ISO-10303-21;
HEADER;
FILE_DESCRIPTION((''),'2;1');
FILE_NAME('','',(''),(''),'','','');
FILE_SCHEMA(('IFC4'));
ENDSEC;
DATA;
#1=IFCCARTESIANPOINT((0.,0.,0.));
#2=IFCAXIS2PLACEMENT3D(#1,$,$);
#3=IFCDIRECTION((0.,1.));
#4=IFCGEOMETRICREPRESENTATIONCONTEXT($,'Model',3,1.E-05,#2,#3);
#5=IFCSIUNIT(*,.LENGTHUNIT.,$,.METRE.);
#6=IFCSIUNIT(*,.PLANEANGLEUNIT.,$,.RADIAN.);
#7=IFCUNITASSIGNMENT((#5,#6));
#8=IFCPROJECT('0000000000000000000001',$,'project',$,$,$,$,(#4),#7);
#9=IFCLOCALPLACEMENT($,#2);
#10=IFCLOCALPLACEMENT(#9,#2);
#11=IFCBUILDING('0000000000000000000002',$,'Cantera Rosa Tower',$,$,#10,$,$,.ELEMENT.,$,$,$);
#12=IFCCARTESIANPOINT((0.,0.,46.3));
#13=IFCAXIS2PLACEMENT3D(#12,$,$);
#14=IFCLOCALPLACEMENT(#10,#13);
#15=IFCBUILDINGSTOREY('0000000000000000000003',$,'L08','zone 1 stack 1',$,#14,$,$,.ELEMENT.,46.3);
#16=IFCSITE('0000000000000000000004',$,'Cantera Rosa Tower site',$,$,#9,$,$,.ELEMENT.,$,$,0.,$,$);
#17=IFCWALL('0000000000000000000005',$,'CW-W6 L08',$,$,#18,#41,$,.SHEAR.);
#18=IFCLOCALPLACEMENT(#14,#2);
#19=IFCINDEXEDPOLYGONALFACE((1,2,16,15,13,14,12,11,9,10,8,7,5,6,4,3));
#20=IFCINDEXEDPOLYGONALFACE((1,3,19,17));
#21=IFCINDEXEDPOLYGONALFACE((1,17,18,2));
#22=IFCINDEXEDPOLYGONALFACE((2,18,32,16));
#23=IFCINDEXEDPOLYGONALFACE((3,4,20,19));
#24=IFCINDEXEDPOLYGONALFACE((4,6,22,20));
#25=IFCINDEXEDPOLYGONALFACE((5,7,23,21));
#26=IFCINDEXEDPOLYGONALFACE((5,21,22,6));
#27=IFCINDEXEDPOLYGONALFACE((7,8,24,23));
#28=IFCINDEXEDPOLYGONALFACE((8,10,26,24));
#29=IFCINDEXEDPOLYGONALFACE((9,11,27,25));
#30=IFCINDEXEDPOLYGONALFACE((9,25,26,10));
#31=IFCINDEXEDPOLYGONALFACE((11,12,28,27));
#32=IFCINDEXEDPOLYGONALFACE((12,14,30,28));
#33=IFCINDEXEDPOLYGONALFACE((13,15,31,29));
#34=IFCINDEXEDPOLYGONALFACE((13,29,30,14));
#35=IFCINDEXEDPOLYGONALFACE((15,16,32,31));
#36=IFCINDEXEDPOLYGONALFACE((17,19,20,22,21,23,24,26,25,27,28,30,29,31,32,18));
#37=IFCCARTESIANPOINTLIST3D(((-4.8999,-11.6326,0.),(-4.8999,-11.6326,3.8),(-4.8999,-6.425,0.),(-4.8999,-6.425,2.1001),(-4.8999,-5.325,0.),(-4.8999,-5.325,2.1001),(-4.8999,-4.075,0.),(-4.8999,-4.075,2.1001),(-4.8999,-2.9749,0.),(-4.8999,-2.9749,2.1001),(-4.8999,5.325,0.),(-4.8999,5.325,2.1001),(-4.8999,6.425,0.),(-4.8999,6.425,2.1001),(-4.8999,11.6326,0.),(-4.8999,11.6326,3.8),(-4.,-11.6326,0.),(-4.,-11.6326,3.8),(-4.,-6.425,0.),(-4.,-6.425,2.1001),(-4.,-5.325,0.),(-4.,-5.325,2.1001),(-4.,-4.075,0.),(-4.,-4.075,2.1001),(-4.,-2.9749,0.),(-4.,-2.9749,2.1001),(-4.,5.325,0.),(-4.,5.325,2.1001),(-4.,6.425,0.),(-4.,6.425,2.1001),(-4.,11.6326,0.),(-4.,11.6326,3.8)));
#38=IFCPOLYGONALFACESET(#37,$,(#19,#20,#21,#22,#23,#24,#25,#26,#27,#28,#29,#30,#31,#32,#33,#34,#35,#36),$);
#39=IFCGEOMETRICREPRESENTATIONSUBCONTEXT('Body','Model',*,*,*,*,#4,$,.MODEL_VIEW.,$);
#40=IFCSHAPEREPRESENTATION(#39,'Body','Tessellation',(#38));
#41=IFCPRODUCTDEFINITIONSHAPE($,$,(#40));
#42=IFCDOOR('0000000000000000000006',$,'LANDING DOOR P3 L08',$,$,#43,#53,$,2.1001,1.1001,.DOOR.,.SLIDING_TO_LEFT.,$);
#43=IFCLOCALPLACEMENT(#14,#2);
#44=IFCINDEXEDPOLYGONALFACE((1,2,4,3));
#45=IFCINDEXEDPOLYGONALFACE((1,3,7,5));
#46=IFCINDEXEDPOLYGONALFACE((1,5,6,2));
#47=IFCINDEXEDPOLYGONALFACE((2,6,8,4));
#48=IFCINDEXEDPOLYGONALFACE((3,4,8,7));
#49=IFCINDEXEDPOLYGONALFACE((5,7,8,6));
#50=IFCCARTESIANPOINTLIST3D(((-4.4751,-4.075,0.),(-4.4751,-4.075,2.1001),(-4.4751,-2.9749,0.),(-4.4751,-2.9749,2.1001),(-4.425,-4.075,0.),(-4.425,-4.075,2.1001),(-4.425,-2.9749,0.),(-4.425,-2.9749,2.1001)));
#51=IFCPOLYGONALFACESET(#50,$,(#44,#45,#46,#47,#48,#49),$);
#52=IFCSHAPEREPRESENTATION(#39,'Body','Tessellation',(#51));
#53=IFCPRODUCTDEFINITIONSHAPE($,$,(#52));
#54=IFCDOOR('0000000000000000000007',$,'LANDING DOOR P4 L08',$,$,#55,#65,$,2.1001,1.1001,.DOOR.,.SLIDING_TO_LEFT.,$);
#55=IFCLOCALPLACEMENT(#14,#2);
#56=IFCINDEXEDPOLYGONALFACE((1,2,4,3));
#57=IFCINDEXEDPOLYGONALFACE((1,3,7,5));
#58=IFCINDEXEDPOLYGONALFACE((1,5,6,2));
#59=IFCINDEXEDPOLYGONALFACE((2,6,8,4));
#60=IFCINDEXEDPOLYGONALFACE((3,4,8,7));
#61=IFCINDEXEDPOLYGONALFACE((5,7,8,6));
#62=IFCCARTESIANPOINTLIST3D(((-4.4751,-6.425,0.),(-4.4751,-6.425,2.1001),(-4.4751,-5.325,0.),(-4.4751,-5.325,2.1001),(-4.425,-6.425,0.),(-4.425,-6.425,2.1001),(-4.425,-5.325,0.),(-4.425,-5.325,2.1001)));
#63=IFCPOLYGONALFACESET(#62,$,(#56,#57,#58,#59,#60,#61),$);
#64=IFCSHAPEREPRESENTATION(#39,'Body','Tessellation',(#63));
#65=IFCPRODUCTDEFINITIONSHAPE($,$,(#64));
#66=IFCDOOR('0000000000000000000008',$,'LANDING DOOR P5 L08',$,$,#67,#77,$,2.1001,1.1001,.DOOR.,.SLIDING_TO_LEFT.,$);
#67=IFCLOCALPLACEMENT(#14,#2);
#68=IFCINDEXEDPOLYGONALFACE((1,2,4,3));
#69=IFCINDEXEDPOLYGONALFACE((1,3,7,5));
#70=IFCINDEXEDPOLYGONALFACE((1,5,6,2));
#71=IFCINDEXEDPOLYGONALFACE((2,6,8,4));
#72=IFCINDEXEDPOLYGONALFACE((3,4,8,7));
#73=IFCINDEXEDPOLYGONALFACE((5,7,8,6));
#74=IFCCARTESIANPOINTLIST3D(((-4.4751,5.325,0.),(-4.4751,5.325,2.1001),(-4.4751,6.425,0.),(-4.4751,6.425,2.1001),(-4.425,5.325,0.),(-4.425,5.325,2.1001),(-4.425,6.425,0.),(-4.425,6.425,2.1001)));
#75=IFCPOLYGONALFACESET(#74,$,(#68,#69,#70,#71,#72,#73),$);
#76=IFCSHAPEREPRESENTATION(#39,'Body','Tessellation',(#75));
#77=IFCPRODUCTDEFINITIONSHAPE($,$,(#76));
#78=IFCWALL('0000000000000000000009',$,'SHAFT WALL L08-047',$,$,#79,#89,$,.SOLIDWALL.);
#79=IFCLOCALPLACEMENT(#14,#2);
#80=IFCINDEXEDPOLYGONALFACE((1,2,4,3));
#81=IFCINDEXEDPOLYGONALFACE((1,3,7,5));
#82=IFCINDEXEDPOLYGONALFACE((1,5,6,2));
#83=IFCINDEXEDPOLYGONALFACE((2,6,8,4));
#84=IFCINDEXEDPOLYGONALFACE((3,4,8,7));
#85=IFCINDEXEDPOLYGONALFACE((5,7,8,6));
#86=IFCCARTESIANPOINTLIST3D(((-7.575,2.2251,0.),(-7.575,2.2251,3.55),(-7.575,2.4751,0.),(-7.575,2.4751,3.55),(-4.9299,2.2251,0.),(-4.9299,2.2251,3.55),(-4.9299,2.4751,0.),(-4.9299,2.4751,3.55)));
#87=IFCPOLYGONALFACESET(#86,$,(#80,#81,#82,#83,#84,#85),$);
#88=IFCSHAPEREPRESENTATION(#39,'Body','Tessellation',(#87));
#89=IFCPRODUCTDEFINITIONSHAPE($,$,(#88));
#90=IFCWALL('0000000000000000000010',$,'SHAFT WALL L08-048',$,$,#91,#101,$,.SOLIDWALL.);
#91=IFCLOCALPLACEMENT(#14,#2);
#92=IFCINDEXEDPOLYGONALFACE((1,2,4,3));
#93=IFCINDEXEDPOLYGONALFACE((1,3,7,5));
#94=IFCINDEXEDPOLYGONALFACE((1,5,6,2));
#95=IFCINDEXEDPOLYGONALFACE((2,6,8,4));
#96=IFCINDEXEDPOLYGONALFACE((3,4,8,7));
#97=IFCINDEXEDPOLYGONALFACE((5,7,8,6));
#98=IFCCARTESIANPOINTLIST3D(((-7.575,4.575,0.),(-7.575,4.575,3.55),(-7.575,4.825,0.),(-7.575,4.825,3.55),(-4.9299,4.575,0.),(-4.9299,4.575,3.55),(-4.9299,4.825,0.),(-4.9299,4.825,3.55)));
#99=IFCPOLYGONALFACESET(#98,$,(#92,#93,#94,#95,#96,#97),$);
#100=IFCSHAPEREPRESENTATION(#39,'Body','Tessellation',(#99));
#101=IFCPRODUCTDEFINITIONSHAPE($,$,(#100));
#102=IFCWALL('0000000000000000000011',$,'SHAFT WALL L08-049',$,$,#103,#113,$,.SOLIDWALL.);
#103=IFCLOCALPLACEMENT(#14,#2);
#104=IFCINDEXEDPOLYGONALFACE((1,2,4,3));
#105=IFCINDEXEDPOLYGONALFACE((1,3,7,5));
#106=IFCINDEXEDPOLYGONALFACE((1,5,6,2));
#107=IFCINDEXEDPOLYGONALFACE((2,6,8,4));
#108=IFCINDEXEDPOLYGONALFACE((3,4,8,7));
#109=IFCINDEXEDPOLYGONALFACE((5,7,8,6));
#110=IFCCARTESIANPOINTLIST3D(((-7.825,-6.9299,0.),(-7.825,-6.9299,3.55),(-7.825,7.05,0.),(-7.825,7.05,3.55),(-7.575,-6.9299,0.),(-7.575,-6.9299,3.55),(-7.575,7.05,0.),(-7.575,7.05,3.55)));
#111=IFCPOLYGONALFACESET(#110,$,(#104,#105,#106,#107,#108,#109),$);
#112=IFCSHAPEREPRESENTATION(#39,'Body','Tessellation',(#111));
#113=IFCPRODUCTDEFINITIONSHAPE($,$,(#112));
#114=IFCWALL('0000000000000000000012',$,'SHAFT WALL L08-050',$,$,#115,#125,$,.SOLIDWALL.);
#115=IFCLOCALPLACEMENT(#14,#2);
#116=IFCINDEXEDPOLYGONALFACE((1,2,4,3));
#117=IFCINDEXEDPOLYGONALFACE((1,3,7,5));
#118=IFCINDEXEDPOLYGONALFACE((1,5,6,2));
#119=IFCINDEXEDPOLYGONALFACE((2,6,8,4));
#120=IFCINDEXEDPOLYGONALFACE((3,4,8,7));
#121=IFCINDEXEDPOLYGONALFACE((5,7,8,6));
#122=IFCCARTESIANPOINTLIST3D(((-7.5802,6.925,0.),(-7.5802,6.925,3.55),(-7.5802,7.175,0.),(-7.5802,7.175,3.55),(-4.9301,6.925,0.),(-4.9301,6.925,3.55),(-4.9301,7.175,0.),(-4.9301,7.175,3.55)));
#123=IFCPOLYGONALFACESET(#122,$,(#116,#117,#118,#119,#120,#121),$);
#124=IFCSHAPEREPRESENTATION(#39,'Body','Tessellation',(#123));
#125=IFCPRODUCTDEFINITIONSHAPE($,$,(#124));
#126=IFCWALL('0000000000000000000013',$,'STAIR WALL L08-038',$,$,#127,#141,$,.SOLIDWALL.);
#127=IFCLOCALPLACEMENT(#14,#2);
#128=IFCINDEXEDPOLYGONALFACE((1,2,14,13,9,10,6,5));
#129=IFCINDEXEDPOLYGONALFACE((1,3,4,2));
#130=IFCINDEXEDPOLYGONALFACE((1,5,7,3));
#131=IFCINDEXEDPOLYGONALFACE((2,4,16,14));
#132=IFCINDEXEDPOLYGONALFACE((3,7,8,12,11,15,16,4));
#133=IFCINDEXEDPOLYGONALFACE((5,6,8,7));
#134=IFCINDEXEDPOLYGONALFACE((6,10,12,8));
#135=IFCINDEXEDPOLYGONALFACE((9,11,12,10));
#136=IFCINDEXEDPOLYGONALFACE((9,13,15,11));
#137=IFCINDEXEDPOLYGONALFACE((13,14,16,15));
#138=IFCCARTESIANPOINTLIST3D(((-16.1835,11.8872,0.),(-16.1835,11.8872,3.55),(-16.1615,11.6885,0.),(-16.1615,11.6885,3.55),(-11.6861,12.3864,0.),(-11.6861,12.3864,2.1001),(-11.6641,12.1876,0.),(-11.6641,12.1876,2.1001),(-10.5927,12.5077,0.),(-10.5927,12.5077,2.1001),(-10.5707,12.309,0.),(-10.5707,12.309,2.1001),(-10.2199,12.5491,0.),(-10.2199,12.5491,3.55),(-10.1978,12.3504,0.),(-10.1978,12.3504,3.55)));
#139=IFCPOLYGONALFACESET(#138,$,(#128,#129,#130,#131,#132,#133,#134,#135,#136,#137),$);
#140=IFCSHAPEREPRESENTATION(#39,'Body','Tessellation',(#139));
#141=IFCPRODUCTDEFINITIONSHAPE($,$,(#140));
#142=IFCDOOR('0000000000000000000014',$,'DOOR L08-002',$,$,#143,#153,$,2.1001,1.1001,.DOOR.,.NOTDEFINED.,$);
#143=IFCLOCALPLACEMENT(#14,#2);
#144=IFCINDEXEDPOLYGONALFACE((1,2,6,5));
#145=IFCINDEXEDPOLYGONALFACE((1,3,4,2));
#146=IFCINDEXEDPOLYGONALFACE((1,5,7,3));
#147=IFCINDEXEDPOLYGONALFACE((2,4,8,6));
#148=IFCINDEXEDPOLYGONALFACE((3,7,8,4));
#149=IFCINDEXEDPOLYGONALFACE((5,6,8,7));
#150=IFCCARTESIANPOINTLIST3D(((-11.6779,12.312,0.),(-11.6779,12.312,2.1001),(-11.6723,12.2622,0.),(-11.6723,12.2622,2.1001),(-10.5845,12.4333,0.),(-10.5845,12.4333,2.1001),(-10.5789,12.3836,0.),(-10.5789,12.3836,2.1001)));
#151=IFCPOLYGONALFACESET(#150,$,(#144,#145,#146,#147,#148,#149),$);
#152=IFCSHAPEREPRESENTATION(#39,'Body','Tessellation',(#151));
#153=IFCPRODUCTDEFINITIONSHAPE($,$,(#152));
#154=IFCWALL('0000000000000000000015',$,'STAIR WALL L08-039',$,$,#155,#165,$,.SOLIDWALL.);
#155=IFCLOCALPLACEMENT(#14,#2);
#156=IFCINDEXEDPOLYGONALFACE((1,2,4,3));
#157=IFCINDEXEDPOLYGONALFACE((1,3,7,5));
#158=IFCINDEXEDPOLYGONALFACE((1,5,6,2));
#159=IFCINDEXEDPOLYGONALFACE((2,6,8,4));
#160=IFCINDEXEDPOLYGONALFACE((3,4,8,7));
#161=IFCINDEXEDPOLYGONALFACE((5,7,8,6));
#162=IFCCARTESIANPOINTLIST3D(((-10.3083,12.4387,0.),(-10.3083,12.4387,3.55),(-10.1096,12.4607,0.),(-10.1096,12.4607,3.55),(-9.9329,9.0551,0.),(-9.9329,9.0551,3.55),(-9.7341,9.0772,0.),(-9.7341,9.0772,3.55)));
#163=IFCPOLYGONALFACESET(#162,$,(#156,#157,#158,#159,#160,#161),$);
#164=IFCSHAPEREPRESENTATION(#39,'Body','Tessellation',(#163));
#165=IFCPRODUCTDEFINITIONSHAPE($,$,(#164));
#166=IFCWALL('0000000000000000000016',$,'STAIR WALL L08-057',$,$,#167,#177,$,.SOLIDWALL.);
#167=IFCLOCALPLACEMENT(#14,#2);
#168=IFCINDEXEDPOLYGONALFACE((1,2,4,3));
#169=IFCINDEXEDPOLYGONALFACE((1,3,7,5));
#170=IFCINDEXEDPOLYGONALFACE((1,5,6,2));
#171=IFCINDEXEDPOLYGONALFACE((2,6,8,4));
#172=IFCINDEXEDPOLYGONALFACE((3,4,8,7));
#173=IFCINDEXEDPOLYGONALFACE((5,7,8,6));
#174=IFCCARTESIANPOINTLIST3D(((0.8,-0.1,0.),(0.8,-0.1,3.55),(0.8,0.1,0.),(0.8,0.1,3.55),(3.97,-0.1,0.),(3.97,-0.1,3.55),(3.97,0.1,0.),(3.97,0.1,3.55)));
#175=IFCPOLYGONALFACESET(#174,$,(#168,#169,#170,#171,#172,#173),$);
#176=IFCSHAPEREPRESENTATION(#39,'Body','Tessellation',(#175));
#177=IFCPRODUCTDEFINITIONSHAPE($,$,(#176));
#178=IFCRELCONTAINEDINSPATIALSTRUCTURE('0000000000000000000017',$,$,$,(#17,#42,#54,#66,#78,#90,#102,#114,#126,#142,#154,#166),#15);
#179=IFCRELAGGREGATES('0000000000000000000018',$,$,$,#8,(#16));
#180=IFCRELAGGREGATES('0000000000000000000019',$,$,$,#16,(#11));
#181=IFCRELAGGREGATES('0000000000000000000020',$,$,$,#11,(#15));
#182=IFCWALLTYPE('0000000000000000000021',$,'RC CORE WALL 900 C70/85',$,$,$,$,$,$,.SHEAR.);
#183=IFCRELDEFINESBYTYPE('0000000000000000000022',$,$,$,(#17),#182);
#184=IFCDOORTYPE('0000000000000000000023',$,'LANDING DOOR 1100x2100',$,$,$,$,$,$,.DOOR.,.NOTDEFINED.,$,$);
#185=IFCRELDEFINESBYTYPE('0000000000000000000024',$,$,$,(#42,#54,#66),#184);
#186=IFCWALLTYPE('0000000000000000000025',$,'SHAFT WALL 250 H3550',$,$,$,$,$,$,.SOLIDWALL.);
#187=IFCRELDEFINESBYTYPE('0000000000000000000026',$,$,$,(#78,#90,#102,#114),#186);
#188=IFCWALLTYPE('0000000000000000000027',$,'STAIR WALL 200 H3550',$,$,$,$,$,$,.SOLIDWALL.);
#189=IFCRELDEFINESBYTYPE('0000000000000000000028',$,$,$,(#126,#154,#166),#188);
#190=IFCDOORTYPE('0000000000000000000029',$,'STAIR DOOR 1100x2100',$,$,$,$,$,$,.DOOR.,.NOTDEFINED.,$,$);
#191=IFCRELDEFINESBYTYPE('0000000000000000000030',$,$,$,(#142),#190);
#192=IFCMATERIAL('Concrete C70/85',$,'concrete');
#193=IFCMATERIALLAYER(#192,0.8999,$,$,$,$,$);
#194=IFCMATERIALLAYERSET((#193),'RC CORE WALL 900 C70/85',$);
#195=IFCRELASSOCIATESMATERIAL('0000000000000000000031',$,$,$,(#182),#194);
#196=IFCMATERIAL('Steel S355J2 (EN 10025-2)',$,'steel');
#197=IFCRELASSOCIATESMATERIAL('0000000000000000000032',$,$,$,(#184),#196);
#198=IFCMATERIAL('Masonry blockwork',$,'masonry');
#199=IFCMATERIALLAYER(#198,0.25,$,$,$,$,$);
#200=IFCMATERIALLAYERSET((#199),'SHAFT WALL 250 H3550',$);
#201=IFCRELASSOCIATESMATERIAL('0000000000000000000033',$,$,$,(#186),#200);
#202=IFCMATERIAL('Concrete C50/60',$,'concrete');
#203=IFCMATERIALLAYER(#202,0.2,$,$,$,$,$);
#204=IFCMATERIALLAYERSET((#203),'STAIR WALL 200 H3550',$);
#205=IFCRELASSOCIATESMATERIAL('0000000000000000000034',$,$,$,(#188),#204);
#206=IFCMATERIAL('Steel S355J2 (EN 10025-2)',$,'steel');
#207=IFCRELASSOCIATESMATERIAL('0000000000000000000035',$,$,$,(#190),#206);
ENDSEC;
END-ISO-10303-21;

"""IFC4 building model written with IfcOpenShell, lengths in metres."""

from ifc_helpers import new_model, si_unit, direction, frame, frame_2d, origin, place, context, subcontext, project, spatial, rectangle, extrude, material, layer, layer_set, type_object, element, fill, save


model = new_model("IFC4")

# Units and contexts
model_context = context("Model", 3, precision=1e-05, world=origin(), true_north=direction((0.0, 1.0)))
body_context = subcontext(model_context, "Body", "Model", "MODEL_VIEW")
ifc_project = project(units=[si_unit("LENGTHUNIT", "METRE"), si_unit("PLANEANGLEUNIT", "RADIAN")], contexts=[model_context])

# Site, building, storey
site_placement = place(None, origin())
site = spatial("IfcSite", under=ifc_project, at=site_placement, Name="Cantera Rosa Tower site", CompositionType="ELEMENT", RefElevation=0.0)
building_placement = place(site_placement, origin())
building = spatial("IfcBuilding", under=site, at=building_placement, Name="Cantera Rosa Tower", CompositionType="ELEMENT")
storey_placement = place(building_placement, frame((0.0, 0.0, 46.3)))
storey = spatial("IfcBuildingStorey", under=building, at=storey_placement, Name="L08", Description="zone 1 stack 1", CompositionType="ELEMENT", Elevation=46.3)

# Shared definitions
ifc_material_1 = material(Name="Concrete C70/85", Category="concrete")
ifc_layer_1 = layer(ifc_material_1, 0.8999)
ifc_layer_set_1 = layer_set([ifc_layer_1], Name="RC CORE WALL 900 C70/85")
wall_type_1 = type_object("IfcWallType", Name="RC CORE WALL 900 C70/85", PredefinedType="SHEAR", material=ifc_layer_set_1)

# Wall, openings, doors
wall_1_placement = place(storey_placement, frame((-4.45, 11.6326, 0.0), z_axis=(0.0, 0.0, 1.0), x_axis=(0.0, -1.0, 0.0)))
wall_1 = element("IfcWall", 1, at=wall_1_placement, inside=storey, type_object=wall_type_1, Name="CW-W6 L08", PredefinedType="SHEAR", context=body_context, shape_type="SweptSolid", body=[
    extrude(rectangle(XDim=23.2651, YDim=0.8999, at=frame_2d((11.6326, 0.0))), origin(), (0.0, 0.0, 1.0), 3.8),
])
opening_1_placement = place(wall_1_placement, frame((14.6074, 0.0, 0.0)))
opening_1 = element("IfcOpeningElement", 2, at=opening_1_placement, cuts=wall_1, PredefinedType="OPENING", context=body_context, shape_type="SweptSolid", body=[
    extrude(rectangle(XDim=1.1001, YDim=2.1001, at=frame_2d((0.55, 1.05))), frame((0.0, 0.46, 0.0), z_axis=(0.0, -1.0, 0.0), x_axis=(1.0, 0.0, 0.0)), (0.0, 0.0, 1.0), 0.9199),
])
opening_2_placement = place(wall_1_placement, frame((16.9575, 0.0, 0.0)))
opening_2 = element("IfcOpeningElement", 3, at=opening_2_placement, cuts=wall_1, PredefinedType="OPENING", context=body_context, shape_type="SweptSolid", body=[
    extrude(rectangle(XDim=1.1001, YDim=2.1001, at=frame_2d((0.55, 1.05))), frame((0.0, 0.46, 0.0), z_axis=(0.0, -1.0, 0.0), x_axis=(1.0, 0.0, 0.0)), (0.0, 0.0, 1.0), 0.9199),
])
opening_3_placement = place(wall_1_placement, frame((5.2075, 0.0, 0.0)))
opening_3 = element("IfcOpeningElement", 4, at=opening_3_placement, cuts=wall_1, PredefinedType="OPENING", context=body_context, shape_type="SweptSolid", body=[
    extrude(rectangle(XDim=1.1001, YDim=2.1001, at=frame_2d((0.55, 1.05))), frame((0.0, 0.46, 0.0), z_axis=(0.0, -1.0, 0.0), x_axis=(1.0, 0.0, 0.0)), (0.0, 0.0, 1.0), 0.9199),
])
ifc_material_2 = material(Name="Steel S355J2 (EN 10025-2)", Category="steel")
door_type_1 = type_object("IfcDoorType", Name="LANDING DOOR 1100x2100", OperationType="NOTDEFINED", PredefinedType="DOOR", material=ifc_material_2)
door_1_placement = place(opening_1_placement, origin())
door_1 = element("IfcDoor", 5, at=door_1_placement, inside=storey, type_object=door_type_1, Name="LANDING DOOR P3 L08", OperationType="SLIDING_TO_LEFT", OverallHeight=2.1001, OverallWidth=1.1001, PredefinedType="DOOR", context=body_context, shape_type="SweptSolid", body=[
    extrude(rectangle(XDim=1.1001, YDim=2.1001, at=frame_2d((0.55, 1.05))), frame((0.0, 0.0249, 0.0), z_axis=(0.0, -1.0, 0.0), x_axis=(1.0, 0.0, 0.0)), (0.0, 0.0, 1.0), 0.05),
])
fill(opening_1, door_1)
door_2_placement = place(opening_2_placement, origin())
door_2 = element("IfcDoor", 6, at=door_2_placement, inside=storey, type_object=door_type_1, Name="LANDING DOOR P4 L08", OperationType="SLIDING_TO_LEFT", OverallHeight=2.1001, OverallWidth=1.1001, PredefinedType="DOOR", context=body_context, shape_type="SweptSolid", body=[
    extrude(rectangle(XDim=1.1001, YDim=2.1001, at=frame_2d((0.55, 1.05))), frame((0.0, 0.0249, 0.0), z_axis=(0.0, -1.0, 0.0), x_axis=(1.0, 0.0, 0.0)), (0.0, 0.0, 1.0), 0.05),
])
fill(opening_2, door_2)
door_3_placement = place(opening_3_placement, origin())
door_3 = element("IfcDoor", 7, at=door_3_placement, inside=storey, type_object=door_type_1, Name="LANDING DOOR P5 L08", OperationType="SLIDING_TO_LEFT", OverallHeight=2.1001, OverallWidth=1.1001, PredefinedType="DOOR", context=body_context, shape_type="SweptSolid", body=[
    extrude(rectangle(XDim=1.1001, YDim=2.1001, at=frame_2d((0.55, 1.05))), frame((0.0, 0.0249, 0.0), z_axis=(0.0, -1.0, 0.0), x_axis=(1.0, 0.0, 0.0)), (0.0, 0.0, 1.0), 0.05),
])
fill(opening_3, door_3)

# Walls
ifc_material_3 = material(Name="Masonry blockwork", Category="masonry")
ifc_layer_2 = layer(ifc_material_3, 0.25)
ifc_layer_set_2 = layer_set([ifc_layer_2], Name="SHAFT WALL 250 H3550")
wall_type_2 = type_object("IfcWallType", Name="SHAFT WALL 250 H3550", PredefinedType="SOLIDWALL", material=ifc_layer_set_2)
for number, where, z_axis, x_axis, name in (
    (8, (-7.575, 2.3501, 0.0), (0.0, 0.0, 1.0), (1.0, 0.0, 0.0), "SHAFT WALL L08-047"),
    (9, (-7.575, 4.7, 0.0), (0.0, 0.0, 1.0), (1.0, 0.0, 0.0), "SHAFT WALL L08-048"),
):
    element("IfcWall", number, at=place(storey_placement, frame(where, z_axis=z_axis, x_axis=x_axis)), inside=storey, type_object=wall_type_2, Name=name, PredefinedType="SOLIDWALL", context=body_context, shape_type="SweptSolid", body=[
        extrude(rectangle(XDim=2.645, YDim=0.25, at=frame_2d((1.3225, 0.0))), origin(), (0.0, 0.0, 1.0), 3.55),
    ])
wall_2_placement = place(storey_placement, frame((-7.7, 7.05, 0.0), z_axis=(0.0, 0.0, 1.0), x_axis=(0.0, -1.0, 0.0)))
element("IfcWall", 10, at=wall_2_placement, inside=storey, type_object=wall_type_2, Name="SHAFT WALL L08-049", PredefinedType="SOLIDWALL", context=body_context, shape_type="SweptSolid", body=[
    extrude(rectangle(XDim=13.98, YDim=0.25, at=frame_2d((6.99, 0.0))), origin(), (0.0, 0.0, 1.0), 3.55),
])
wall_3_placement = place(storey_placement, frame((-4.9299, 7.05, 0.0), z_axis=(0.0, 0.0, 1.0), x_axis=(-1.0, 0.0, 0.0)))
element("IfcWall", 11, at=wall_3_placement, inside=storey, type_object=wall_type_2, Name="SHAFT WALL L08-050", PredefinedType="SOLIDWALL", context=body_context, shape_type="SweptSolid", body=[
    extrude(rectangle(XDim=2.6501, YDim=0.25, at=frame_2d((1.3252, 0.0))), origin(), (0.0, 0.0, 1.0), 3.55),
])

# Wall, opening, door
ifc_material_4 = material(Name="Concrete C50/60", Category="concrete")
ifc_layer_3 = layer(ifc_material_4, 0.2)
ifc_layer_set_3 = layer_set([ifc_layer_3], Name="STAIR WALL 200 H3550")
wall_type_3 = type_object("IfcWallType", Name="STAIR WALL 200 H3550", PredefinedType="SOLIDWALL", material=ifc_layer_set_3)
wall_4_placement = place(storey_placement, frame((-10.209, 12.4497, 0.0), z_axis=(0.0, 0.0, 1.0), x_axis=(-0.993898, -0.110306, 0.0)))
wall_4 = element("IfcWall", 12, at=wall_4_placement, inside=storey, type_object=wall_type_3, Name="STAIR WALL L08-038", PredefinedType="SOLIDWALL", context=body_context, shape_type="SweptSolid", body=[
    extrude(rectangle(XDim=6.0002, YDim=0.2, at=frame_2d((3.0, 0.0))), origin(), (0.0, 0.0, 1.0), 3.55),
])
opening_4_placement = place(wall_4_placement, frame((0.375, 0.0, 0.0)))
opening_4 = element("IfcOpeningElement", 13, at=opening_4_placement, cuts=wall_4, PredefinedType="OPENING", context=body_context, shape_type="SweptSolid", body=[
    extrude(rectangle(XDim=1.1001, YDim=2.1001, at=frame_2d((0.55, 1.05))), frame((0.0, 0.1099, 0.0), z_axis=(0.0, -1.0, 0.0), x_axis=(1.0, 0.0, 0.0)), (0.0, 0.0, 1.0), 0.22),
])
ifc_material_5 = material(Name="Steel S355J2 (EN 10025-2)", Category="steel")
door_type_2 = type_object("IfcDoorType", Name="STAIR DOOR 1100x2100", OperationType="NOTDEFINED", PredefinedType="DOOR", material=ifc_material_5)
door_4_placement = place(opening_4_placement, origin())
door_4 = element("IfcDoor", 14, at=door_4_placement, inside=storey, type_object=door_type_2, Name="DOOR L08-002", OperationType="NOTDEFINED", OverallHeight=2.1001, OverallWidth=1.1001, PredefinedType="DOOR", context=body_context, shape_type="SweptSolid", body=[
    extrude(rectangle(XDim=1.1001, YDim=2.1001, at=frame_2d((0.55, 1.05))), frame((0.0, 0.0249, 0.0), z_axis=(0.0, -1.0, 0.0), x_axis=(1.0, 0.0, 0.0)), (0.0, 0.0, 1.0), 0.05),
])
fill(opening_4, door_4)

# Walls
wall_5_placement = place(storey_placement, frame((-9.8335, 9.0662, 0.0), z_axis=(0.0, 0.0, 1.0), x_axis=(-0.110298, 0.993899, 0.0)))
element("IfcWall", 15, at=wall_5_placement, inside=storey, type_object=wall_type_3, Name="STAIR WALL L08-039", PredefinedType="SOLIDWALL", context=body_context, shape_type="SweptSolid", body=[
    extrude(rectangle(XDim=3.4043, YDim=0.2, at=frame_2d((1.7021, 0.0))), origin(), (0.0, 0.0, 1.0), 3.55),
])
wall_6_placement = place(storey_placement, frame((0.8, 0.0, 0.0), z_axis=(0.0, 0.0, 1.0), x_axis=(1.0, 0.0, 0.0)))
element("IfcWall", 16, at=wall_6_placement, inside=storey, type_object=wall_type_3, Name="STAIR WALL L08-057", PredefinedType="SOLIDWALL", context=body_context, shape_type="SweptSolid", body=[
    extrude(rectangle(XDim=3.1699, YDim=0.2, at=frame_2d((1.585, 0.0))), origin(), (0.0, 0.0, 1.0), 3.55),
])

save(model, "model.ifc")
